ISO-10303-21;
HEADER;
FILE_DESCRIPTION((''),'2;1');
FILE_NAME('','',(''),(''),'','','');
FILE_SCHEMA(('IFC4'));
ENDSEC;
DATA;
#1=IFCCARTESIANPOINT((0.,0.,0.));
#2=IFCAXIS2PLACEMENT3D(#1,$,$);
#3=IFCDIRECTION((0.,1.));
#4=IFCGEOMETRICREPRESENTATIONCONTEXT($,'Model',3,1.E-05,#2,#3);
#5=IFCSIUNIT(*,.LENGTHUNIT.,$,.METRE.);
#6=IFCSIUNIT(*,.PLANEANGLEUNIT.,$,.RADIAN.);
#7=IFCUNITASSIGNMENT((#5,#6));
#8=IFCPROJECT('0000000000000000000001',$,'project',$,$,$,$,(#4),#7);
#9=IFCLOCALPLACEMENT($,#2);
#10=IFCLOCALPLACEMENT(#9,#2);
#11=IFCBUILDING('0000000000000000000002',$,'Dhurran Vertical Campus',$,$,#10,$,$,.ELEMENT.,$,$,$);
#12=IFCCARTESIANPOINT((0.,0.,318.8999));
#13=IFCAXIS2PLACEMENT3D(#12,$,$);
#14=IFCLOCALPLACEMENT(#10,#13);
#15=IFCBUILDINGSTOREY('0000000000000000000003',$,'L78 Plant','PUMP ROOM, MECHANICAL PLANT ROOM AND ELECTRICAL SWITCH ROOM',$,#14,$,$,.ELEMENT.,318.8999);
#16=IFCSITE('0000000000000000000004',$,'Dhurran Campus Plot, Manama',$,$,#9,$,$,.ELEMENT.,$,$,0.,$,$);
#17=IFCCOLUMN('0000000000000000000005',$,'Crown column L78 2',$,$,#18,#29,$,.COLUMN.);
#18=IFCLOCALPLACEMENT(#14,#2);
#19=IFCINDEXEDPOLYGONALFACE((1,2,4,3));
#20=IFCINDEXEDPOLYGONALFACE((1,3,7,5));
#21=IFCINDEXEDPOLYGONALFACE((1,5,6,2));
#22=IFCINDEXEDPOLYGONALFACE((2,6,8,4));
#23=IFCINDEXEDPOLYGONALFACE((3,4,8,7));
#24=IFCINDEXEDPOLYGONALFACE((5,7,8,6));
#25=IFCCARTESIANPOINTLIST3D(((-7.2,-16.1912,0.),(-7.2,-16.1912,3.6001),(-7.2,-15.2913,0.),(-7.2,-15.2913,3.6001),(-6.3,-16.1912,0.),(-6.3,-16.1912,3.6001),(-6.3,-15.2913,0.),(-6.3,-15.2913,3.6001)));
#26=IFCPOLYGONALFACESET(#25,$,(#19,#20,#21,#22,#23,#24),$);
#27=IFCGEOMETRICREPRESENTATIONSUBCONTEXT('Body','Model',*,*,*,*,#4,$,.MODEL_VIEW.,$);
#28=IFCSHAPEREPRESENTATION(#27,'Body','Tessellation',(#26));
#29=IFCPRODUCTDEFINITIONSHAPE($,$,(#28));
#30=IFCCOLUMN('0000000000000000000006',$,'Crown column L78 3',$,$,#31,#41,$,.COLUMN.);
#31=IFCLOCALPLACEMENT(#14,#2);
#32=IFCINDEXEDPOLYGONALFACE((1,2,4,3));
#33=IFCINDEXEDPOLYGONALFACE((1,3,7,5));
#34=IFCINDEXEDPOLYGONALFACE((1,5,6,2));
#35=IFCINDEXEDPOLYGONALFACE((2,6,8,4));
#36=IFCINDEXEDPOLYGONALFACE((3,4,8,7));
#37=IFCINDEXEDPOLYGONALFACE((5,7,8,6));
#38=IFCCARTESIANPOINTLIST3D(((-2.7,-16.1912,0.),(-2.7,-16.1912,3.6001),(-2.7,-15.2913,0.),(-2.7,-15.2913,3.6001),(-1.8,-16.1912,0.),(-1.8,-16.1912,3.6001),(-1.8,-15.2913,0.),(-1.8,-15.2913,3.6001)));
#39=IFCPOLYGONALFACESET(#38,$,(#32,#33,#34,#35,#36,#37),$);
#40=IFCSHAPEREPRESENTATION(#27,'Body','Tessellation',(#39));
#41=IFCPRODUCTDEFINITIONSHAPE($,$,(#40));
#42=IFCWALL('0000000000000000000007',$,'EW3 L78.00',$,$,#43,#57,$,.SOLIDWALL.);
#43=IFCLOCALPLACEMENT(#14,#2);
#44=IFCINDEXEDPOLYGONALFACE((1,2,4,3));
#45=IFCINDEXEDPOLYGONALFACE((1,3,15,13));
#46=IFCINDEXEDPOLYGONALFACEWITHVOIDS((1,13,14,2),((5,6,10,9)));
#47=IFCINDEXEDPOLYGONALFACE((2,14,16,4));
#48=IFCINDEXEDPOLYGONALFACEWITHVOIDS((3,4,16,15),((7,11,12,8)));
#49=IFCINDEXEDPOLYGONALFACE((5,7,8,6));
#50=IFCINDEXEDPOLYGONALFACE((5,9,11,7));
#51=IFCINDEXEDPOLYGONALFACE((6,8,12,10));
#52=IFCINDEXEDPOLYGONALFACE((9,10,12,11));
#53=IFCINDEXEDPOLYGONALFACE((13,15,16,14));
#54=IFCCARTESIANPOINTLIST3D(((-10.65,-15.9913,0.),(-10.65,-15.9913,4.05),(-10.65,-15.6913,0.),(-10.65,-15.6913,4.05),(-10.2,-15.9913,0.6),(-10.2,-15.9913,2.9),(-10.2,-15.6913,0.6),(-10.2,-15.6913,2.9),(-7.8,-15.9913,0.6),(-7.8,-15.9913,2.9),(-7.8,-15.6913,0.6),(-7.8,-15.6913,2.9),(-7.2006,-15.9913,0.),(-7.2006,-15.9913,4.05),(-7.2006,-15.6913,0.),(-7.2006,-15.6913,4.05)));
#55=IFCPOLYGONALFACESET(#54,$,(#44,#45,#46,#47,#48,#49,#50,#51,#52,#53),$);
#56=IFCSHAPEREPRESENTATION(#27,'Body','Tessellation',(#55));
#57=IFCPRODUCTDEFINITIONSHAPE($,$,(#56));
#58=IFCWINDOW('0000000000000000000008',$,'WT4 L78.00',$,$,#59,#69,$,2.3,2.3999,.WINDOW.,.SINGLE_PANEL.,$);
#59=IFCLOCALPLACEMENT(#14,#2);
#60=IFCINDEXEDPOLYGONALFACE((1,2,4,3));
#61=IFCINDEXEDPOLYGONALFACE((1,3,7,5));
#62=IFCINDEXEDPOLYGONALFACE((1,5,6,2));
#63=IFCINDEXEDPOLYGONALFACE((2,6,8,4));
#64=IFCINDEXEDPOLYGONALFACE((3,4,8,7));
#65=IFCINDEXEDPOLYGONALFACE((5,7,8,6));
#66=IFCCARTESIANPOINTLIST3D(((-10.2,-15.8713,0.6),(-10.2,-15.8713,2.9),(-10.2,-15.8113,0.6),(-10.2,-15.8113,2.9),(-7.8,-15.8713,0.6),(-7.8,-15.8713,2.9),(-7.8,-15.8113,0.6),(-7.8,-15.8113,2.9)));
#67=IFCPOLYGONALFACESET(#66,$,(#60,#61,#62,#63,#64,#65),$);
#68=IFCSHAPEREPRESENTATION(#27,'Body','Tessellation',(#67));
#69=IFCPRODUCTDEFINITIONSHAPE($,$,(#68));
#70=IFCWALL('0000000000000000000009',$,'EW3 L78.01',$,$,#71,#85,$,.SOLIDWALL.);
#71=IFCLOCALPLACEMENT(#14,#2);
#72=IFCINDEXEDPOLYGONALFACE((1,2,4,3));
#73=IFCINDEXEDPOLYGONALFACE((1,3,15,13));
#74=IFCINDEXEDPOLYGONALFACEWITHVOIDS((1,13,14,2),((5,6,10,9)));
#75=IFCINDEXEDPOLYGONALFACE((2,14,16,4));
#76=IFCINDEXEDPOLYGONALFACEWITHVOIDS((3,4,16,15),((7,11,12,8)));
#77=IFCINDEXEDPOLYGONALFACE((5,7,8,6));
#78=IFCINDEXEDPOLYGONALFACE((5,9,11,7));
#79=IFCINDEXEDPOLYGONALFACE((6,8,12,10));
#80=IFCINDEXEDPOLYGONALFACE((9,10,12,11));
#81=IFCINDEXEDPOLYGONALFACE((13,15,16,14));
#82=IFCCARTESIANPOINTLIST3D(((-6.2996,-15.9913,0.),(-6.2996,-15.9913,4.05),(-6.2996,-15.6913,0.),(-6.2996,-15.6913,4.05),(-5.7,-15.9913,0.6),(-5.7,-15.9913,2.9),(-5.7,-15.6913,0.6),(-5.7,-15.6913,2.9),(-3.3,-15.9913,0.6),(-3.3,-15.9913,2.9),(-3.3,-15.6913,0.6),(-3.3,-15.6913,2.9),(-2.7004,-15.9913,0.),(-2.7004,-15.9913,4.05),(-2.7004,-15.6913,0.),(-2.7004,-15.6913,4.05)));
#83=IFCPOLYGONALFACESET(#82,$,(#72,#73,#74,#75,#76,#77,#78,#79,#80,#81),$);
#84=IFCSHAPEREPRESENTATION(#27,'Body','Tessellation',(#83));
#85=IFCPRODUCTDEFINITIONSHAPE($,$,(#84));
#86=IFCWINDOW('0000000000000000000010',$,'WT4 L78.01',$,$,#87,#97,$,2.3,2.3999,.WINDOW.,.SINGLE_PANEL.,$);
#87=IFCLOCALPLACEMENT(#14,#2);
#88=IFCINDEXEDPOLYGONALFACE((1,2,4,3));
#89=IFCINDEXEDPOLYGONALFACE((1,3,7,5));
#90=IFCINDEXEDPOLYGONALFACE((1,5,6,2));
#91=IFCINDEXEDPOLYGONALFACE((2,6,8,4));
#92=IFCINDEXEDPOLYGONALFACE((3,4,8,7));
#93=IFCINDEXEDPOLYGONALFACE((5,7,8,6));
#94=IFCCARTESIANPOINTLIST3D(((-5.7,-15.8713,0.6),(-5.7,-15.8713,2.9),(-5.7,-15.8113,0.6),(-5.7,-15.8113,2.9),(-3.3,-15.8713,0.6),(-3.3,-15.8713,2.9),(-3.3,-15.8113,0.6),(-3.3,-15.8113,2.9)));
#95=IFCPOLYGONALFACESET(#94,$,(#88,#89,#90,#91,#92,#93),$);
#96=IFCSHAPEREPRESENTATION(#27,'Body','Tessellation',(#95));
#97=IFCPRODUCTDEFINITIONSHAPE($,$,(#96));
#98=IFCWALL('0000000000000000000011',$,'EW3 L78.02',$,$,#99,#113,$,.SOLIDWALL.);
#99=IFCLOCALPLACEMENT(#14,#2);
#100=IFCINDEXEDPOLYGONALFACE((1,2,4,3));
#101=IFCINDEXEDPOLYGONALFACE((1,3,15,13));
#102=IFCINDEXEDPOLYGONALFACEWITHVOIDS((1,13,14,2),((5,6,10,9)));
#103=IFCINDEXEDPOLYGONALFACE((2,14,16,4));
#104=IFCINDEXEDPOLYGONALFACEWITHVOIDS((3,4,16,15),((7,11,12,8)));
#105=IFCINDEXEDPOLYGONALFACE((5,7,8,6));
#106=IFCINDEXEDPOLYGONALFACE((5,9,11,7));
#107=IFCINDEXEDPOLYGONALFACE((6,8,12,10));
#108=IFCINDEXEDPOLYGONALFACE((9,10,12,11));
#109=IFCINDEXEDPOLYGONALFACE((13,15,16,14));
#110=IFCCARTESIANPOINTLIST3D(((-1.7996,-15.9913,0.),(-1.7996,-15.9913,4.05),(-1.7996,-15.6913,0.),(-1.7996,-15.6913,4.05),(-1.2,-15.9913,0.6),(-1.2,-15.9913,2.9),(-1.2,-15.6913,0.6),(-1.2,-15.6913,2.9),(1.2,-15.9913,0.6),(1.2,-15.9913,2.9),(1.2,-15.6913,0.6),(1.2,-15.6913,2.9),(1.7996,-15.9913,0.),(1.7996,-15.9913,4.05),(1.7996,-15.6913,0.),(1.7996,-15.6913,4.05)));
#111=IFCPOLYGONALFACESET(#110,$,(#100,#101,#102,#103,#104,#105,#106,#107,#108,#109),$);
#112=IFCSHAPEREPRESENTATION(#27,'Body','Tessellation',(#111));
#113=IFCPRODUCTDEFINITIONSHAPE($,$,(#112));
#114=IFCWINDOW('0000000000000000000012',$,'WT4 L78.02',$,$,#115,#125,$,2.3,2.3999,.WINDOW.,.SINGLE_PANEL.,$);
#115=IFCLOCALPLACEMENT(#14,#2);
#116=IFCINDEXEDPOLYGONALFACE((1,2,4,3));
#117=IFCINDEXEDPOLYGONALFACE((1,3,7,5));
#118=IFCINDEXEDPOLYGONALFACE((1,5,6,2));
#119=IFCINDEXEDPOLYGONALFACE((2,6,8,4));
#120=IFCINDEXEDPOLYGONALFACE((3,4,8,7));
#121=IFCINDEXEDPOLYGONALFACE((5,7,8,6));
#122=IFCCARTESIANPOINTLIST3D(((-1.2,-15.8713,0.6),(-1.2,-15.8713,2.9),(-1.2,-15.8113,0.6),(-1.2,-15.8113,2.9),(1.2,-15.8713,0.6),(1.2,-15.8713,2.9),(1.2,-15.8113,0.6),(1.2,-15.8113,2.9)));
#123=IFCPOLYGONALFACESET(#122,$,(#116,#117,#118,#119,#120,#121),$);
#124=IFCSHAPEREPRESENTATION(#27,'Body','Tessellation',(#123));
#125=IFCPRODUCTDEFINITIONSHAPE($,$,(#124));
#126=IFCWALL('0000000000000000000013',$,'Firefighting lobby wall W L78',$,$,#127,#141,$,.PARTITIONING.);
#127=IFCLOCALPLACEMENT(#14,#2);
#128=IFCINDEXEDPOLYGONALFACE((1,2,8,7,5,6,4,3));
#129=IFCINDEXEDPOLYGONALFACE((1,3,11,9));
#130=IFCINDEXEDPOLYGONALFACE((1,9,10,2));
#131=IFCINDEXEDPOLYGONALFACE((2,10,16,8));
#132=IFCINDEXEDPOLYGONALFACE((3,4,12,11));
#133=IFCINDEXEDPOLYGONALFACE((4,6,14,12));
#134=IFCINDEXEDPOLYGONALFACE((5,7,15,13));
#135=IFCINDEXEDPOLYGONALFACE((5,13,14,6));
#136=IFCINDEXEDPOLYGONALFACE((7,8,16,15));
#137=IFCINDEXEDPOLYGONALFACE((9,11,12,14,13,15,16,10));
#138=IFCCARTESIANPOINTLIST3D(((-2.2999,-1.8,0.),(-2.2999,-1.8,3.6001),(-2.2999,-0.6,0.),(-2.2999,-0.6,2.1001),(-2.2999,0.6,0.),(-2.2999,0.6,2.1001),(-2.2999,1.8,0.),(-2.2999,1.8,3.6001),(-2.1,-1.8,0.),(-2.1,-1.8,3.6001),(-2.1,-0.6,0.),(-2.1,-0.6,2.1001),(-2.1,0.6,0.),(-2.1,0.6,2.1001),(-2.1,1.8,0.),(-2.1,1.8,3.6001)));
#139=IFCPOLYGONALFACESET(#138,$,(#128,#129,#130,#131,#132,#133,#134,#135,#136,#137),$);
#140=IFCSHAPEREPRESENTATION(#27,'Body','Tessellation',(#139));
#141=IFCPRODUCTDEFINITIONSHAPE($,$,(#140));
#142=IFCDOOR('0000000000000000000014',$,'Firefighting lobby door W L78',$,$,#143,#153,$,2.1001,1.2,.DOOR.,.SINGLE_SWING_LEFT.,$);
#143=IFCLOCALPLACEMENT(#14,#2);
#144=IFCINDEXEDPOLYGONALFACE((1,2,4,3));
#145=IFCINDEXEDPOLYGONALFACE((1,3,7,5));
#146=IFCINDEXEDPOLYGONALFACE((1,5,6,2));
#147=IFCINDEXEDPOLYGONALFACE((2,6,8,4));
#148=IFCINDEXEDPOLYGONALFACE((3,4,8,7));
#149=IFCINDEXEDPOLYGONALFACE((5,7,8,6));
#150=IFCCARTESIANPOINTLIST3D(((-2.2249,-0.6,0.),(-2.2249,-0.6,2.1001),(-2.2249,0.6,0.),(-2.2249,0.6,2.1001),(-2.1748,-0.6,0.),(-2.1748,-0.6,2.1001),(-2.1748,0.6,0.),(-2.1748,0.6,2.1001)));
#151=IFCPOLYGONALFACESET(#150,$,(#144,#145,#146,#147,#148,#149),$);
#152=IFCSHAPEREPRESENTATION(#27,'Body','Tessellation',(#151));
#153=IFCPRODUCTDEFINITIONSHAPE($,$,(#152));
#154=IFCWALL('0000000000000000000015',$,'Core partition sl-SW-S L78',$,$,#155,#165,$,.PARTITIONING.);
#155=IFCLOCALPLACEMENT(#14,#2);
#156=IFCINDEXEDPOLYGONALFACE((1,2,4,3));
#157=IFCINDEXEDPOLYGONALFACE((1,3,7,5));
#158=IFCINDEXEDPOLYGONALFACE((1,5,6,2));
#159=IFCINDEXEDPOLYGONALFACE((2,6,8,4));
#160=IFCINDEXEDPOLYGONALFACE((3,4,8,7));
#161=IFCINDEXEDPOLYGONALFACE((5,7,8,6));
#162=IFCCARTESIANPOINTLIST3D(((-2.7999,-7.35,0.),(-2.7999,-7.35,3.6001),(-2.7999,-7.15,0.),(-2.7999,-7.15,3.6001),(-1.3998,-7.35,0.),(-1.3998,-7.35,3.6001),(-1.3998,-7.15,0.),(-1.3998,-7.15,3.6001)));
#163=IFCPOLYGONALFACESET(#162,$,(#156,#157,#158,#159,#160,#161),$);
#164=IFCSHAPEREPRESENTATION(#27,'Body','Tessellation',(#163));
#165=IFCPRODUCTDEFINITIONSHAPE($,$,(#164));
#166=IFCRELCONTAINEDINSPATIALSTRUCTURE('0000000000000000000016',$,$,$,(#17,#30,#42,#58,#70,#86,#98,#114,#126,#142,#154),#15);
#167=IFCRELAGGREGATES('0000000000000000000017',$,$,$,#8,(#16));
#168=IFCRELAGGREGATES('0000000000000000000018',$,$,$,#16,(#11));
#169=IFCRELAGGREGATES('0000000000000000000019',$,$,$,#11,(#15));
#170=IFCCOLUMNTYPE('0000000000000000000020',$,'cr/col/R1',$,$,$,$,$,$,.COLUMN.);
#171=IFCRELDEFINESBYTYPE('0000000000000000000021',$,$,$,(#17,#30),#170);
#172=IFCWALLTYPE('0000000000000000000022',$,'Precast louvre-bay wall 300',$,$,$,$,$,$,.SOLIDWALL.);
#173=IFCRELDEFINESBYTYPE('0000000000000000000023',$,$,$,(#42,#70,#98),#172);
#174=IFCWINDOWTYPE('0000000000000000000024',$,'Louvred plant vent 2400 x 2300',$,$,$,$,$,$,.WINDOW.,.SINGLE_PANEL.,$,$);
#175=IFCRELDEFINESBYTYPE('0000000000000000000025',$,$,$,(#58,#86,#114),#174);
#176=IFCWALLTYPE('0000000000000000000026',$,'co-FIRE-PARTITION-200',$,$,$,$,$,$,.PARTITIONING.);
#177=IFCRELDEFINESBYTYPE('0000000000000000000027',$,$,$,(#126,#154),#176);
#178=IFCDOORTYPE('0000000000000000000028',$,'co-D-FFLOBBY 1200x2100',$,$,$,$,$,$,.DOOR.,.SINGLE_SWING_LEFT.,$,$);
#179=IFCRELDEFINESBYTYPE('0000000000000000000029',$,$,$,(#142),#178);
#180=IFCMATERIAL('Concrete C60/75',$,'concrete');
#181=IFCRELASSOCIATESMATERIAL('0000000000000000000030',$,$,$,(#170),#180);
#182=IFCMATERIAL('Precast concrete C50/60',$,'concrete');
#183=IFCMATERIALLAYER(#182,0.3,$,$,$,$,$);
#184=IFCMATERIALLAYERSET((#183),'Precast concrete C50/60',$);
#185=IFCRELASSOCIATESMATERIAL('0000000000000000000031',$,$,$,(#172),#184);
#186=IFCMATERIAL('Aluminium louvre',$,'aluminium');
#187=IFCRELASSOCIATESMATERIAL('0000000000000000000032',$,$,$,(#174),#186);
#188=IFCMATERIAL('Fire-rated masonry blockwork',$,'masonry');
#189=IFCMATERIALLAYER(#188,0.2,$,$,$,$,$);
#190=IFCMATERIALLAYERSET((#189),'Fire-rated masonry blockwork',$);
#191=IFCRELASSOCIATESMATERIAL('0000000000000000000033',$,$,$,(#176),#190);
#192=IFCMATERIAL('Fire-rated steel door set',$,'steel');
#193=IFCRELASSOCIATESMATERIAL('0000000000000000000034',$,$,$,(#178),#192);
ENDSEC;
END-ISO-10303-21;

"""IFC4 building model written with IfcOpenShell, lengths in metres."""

from ifc_helpers import new_model, si_unit, direction, frame, frame_2d, origin, origin_2d, place, context, subcontext, project, spatial, rectangle, extrude, material, layer, layer_set, material_profile, profile_set, type_object, element, fill, save


model = new_model("IFC4")

# Units and contexts
model_context = context("Model", 3, precision=1e-05, world=origin(), true_north=direction((0.0, 1.0)))
body_context = subcontext(model_context, "Body", "Model", "MODEL_VIEW")
ifc_project = project(units=[si_unit("LENGTHUNIT", "METRE"), si_unit("PLANEANGLEUNIT", "RADIAN")], contexts=[model_context])

# Site, building, storey
site_placement = place(None, origin())
site = spatial("IfcSite", under=ifc_project, at=site_placement, Name="Dhurran Campus Plot, Manama", CompositionType="ELEMENT", RefElevation=0.0)
building_placement = place(site_placement, origin())
building = spatial("IfcBuilding", under=site, at=building_placement, Name="Dhurran Vertical Campus", CompositionType="ELEMENT")
storey_placement = place(building_placement, frame((0.0, 0.0, 318.8999)))
storey = spatial("IfcBuildingStorey", under=building, at=storey_placement, Name="L78 Plant", Description="PUMP ROOM, MECHANICAL PLANT ROOM AND ELECTRICAL SWITCH ROOM", CompositionType="ELEMENT", Elevation=318.8999)

# Columns
ifc_material_1 = material(Name="Concrete C60/75", Category="concrete")
ifc_material_profile = material_profile(ifc_material_1, rectangle(XDim=0.8999, YDim=0.8999, at=origin_2d()), Name="cr/col/R1")
ifc_profile_set = profile_set([ifc_material_profile], Name="Concrete C60/75")
column_type = type_object("IfcColumnType", Name="cr/col/R1", PredefinedType="COLUMN", material=ifc_profile_set)
for number, where, z_axis, x_axis, name in (
    (1, (-6.75, -15.7412, 0.0), (0.0, 0.0, 1.0), (1.0, 0.0, 0.0), "Crown column L78 2"),
    (2, (-2.25, -15.7412, 0.0), (0.0, 0.0, 1.0), (1.0, 0.0, 0.0), "Crown column L78 3"),
):
    element("IfcColumn", number, at=place(storey_placement, frame(where, z_axis=z_axis, x_axis=x_axis)), inside=storey, type_object=column_type, Name=name, PredefinedType="COLUMN", context=body_context, shape_type="SweptSolid", body=[
        extrude(rectangle(XDim=0.8999, YDim=0.8999, at=origin_2d()), origin(), (0.0, 0.0, 1.0), 3.6001),
    ])

# Walls, openings, windows
ifc_material_2 = material(Name="Precast concrete C50/60", Category="concrete")
ifc_layer_1 = layer(ifc_material_2, 0.3)
ifc_layer_set_1 = layer_set([ifc_layer_1], Name="Precast concrete C50/60")
wall_type_1 = type_object("IfcWallType", Name="Precast louvre-bay wall 300", PredefinedType="SOLIDWALL", material=ifc_layer_set_1)
wall_1_placement = place(storey_placement, frame((-10.6499, -15.8413, 0.0), z_axis=(0.0, 0.0, 1.0), x_axis=(1.0, 0.0, 0.0)))
wall_1 = element("IfcWall", 3, at=wall_1_placement, inside=storey, type_object=wall_type_1, Name="EW3 L78.00", PredefinedType="SOLIDWALL", context=body_context, shape_type="SweptSolid", body=[
    extrude(rectangle(XDim=3.4495, YDim=0.3, at=frame_2d((1.7246, 0.0))), origin(), (0.0, 0.0, 1.0), 4.05),
])
opening_1_placement = place(wall_1_placement, frame((0.45, 0.0, 0.6001)))
opening_1 = element("IfcOpeningElement", 4, at=opening_1_placement, cuts=wall_1, PredefinedType="OPENING", context=body_context, shape_type="SweptSolid", body=[
    extrude(rectangle(XDim=2.3999, YDim=2.3, at=frame_2d((1.2, 1.1499))), frame((0.0, 0.1599, 0.0), z_axis=(0.0, -1.0, 0.0), x_axis=(1.0, 0.0, 0.0)), (0.0, 0.0, 1.0), 0.3201),
])
ifc_material_3 = material(Name="Aluminium louvre", Category="aluminium")
window_type = type_object("IfcWindowType", Name="Louvred plant vent 2400 x 2300", PartitioningType="SINGLE_PANEL", PredefinedType="WINDOW", material=ifc_material_3)
window_1_placement = place(opening_1_placement, origin())
window_1 = element("IfcWindow", 5, at=window_1_placement, inside=storey, type_object=window_type, Name="WT4 L78.00", OverallHeight=2.3, OverallWidth=2.3999, PartitioningType="SINGLE_PANEL", PredefinedType="WINDOW", context=body_context, shape_type="SweptSolid", body=[
    extrude(rectangle(XDim=2.3999, YDim=2.3, at=frame_2d((1.2, 1.1499))), frame((0.0, 0.03, 0.0), z_axis=(0.0, -1.0, 0.0), x_axis=(1.0, 0.0, 0.0)), (0.0, 0.0, 1.0), 0.0601),
])
fill(opening_1, window_1)
wall_2_placement = place(storey_placement, frame((-6.2996, -15.8413, 0.0), z_axis=(0.0, 0.0, 1.0), x_axis=(1.0, 0.0, 0.0)))
wall_2 = element("IfcWall", 6, at=wall_2_placement, inside=storey, type_object=wall_type_1, Name="EW3 L78.01", PredefinedType="SOLIDWALL", context=body_context, shape_type="SweptSolid", body=[
    extrude(rectangle(XDim=3.5991, YDim=0.3, at=frame_2d((1.7996, 0.0))), origin(), (0.0, 0.0, 1.0), 4.05),
])
opening_2_placement = place(wall_2_placement, frame((0.5996, 0.0, 0.6001)))
opening_2 = element("IfcOpeningElement", 7, at=opening_2_placement, cuts=wall_2, PredefinedType="OPENING", context=body_context, shape_type="SweptSolid", body=[
    extrude(rectangle(XDim=2.3999, YDim=2.3, at=frame_2d((1.2, 1.1499))), frame((0.0, 0.1599, 0.0), z_axis=(0.0, -1.0, 0.0), x_axis=(1.0, 0.0, 0.0)), (0.0, 0.0, 1.0), 0.3201),
])
window_2_placement = place(opening_2_placement, origin())
window_2 = element("IfcWindow", 8, at=window_2_placement, inside=storey, type_object=window_type, Name="WT4 L78.01", OverallHeight=2.3, OverallWidth=2.3999, PartitioningType="SINGLE_PANEL", PredefinedType="WINDOW", context=body_context, shape_type="SweptSolid", body=[
    extrude(rectangle(XDim=2.3999, YDim=2.3, at=frame_2d((1.2, 1.1499))), frame((0.0, 0.03, 0.0), z_axis=(0.0, -1.0, 0.0), x_axis=(1.0, 0.0, 0.0)), (0.0, 0.0, 1.0), 0.0601),
])
fill(opening_2, window_2)
wall_3_placement = place(storey_placement, frame((-1.7996, -15.8413, 0.0), z_axis=(0.0, 0.0, 1.0), x_axis=(1.0, 0.0, 0.0)))
wall_3 = element("IfcWall", 9, at=wall_3_placement, inside=storey, type_object=wall_type_1, Name="EW3 L78.02", PredefinedType="SOLIDWALL", context=body_context, shape_type="SweptSolid", body=[
    extrude(rectangle(XDim=3.5991, YDim=0.3, at=frame_2d((1.7996, 0.0))), origin(), (0.0, 0.0, 1.0), 4.05),
])
opening_3_placement = place(wall_3_placement, frame((0.5996, 0.0, 0.6001)))
opening_3 = element("IfcOpeningElement", 10, at=opening_3_placement, cuts=wall_3, PredefinedType="OPENING", context=body_context, shape_type="SweptSolid", body=[
    extrude(rectangle(XDim=2.3999, YDim=2.3, at=frame_2d((1.2, 1.1499))), frame((0.0, 0.1599, 0.0), z_axis=(0.0, -1.0, 0.0), x_axis=(1.0, 0.0, 0.0)), (0.0, 0.0, 1.0), 0.3201),
])
window_3_placement = place(opening_3_placement, origin())
window_3 = element("IfcWindow", 11, at=window_3_placement, inside=storey, type_object=window_type, Name="WT4 L78.02", OverallHeight=2.3, OverallWidth=2.3999, PartitioningType="SINGLE_PANEL", PredefinedType="WINDOW", context=body_context, shape_type="SweptSolid", body=[
    extrude(rectangle(XDim=2.3999, YDim=2.3, at=frame_2d((1.2, 1.1499))), frame((0.0, 0.03, 0.0), z_axis=(0.0, -1.0, 0.0), x_axis=(1.0, 0.0, 0.0)), (0.0, 0.0, 1.0), 0.0601),
])
fill(opening_3, window_3)

# Wall, opening, door
ifc_material_4 = material(Name="Fire-rated masonry blockwork", Category="masonry")
ifc_layer_2 = layer(ifc_material_4, 0.2)
ifc_layer_set_2 = layer_set([ifc_layer_2], Name="Fire-rated masonry blockwork")
wall_type_2 = type_object("IfcWallType", Name="co-FIRE-PARTITION-200", PredefinedType="PARTITIONING", material=ifc_layer_set_2)
wall_4_placement = place(storey_placement, frame((-2.2, -1.8, 0.0), z_axis=(0.0, 0.0, 1.0), x_axis=(0.0, 1.0, 0.0)))
wall_4 = element("IfcWall", 12, at=wall_4_placement, inside=storey, type_object=wall_type_2, Name="Firefighting lobby wall W L78", PredefinedType="PARTITIONING", context=body_context, shape_type="SweptSolid", body=[
    extrude(rectangle(XDim=3.6001, YDim=0.2, at=frame_2d((1.8, 0.0))), origin(), (0.0, 0.0, 1.0), 3.6001),
])
opening_4_placement = place(wall_4_placement, frame((1.2, 0.0, 0.0)))
opening_4 = element("IfcOpeningElement", 13, at=opening_4_placement, cuts=wall_4, PredefinedType="OPENING", context=body_context, shape_type="SweptSolid", body=[
    extrude(rectangle(XDim=1.2, YDim=2.1001, at=frame_2d((0.6001, 1.05))), frame((0.0, 0.1099, 0.0), z_axis=(0.0, -1.0, 0.0), x_axis=(1.0, 0.0, 0.0)), (0.0, 0.0, 1.0), 0.22),
])
ifc_material_5 = material(Name="Fire-rated steel door set", Category="steel")
door_type_1 = type_object("IfcDoorType", Name="co-D-FFLOBBY 1200x2100", OperationType="SINGLE_SWING_LEFT", PredefinedType="DOOR", material=ifc_material_5)
door_1_placement = place(opening_4_placement, origin())
door_1 = element("IfcDoor", 14, at=door_1_placement, inside=storey, type_object=door_type_1, Name="Firefighting lobby door W L78", OperationType="SINGLE_SWING_LEFT", OverallHeight=2.1001, OverallWidth=1.2, PredefinedType="DOOR", context=body_context, shape_type="SweptSolid", body=[
    extrude(rectangle(XDim=1.2, YDim=2.1001, at=frame_2d((0.6001, 1.05))), frame((0.0, 0.0249, 0.0), z_axis=(0.0, -1.0, 0.0), x_axis=(1.0, 0.0, 0.0)), (0.0, 0.0, 1.0), 0.05),
])
fill(opening_4, door_1)

# Wall
wall_5_placement = place(storey_placement, frame((-2.8, -7.25, 0.0), z_axis=(0.0, 0.0, 1.0), x_axis=(1.0, 0.0, 0.0)))
element("IfcWall", 15, at=wall_5_placement, inside=storey, type_object=wall_type_2, Name="Core partition sl-SW-S L78", PredefinedType="PARTITIONING", context=body_context, shape_type="SweptSolid", body=[
    extrude(rectangle(XDim=1.4001, YDim=0.2, at=frame_2d((0.7002, 0.0))), origin(), (0.0, 0.0, 1.0), 3.6001),
])

save(model, "model.ifc")
